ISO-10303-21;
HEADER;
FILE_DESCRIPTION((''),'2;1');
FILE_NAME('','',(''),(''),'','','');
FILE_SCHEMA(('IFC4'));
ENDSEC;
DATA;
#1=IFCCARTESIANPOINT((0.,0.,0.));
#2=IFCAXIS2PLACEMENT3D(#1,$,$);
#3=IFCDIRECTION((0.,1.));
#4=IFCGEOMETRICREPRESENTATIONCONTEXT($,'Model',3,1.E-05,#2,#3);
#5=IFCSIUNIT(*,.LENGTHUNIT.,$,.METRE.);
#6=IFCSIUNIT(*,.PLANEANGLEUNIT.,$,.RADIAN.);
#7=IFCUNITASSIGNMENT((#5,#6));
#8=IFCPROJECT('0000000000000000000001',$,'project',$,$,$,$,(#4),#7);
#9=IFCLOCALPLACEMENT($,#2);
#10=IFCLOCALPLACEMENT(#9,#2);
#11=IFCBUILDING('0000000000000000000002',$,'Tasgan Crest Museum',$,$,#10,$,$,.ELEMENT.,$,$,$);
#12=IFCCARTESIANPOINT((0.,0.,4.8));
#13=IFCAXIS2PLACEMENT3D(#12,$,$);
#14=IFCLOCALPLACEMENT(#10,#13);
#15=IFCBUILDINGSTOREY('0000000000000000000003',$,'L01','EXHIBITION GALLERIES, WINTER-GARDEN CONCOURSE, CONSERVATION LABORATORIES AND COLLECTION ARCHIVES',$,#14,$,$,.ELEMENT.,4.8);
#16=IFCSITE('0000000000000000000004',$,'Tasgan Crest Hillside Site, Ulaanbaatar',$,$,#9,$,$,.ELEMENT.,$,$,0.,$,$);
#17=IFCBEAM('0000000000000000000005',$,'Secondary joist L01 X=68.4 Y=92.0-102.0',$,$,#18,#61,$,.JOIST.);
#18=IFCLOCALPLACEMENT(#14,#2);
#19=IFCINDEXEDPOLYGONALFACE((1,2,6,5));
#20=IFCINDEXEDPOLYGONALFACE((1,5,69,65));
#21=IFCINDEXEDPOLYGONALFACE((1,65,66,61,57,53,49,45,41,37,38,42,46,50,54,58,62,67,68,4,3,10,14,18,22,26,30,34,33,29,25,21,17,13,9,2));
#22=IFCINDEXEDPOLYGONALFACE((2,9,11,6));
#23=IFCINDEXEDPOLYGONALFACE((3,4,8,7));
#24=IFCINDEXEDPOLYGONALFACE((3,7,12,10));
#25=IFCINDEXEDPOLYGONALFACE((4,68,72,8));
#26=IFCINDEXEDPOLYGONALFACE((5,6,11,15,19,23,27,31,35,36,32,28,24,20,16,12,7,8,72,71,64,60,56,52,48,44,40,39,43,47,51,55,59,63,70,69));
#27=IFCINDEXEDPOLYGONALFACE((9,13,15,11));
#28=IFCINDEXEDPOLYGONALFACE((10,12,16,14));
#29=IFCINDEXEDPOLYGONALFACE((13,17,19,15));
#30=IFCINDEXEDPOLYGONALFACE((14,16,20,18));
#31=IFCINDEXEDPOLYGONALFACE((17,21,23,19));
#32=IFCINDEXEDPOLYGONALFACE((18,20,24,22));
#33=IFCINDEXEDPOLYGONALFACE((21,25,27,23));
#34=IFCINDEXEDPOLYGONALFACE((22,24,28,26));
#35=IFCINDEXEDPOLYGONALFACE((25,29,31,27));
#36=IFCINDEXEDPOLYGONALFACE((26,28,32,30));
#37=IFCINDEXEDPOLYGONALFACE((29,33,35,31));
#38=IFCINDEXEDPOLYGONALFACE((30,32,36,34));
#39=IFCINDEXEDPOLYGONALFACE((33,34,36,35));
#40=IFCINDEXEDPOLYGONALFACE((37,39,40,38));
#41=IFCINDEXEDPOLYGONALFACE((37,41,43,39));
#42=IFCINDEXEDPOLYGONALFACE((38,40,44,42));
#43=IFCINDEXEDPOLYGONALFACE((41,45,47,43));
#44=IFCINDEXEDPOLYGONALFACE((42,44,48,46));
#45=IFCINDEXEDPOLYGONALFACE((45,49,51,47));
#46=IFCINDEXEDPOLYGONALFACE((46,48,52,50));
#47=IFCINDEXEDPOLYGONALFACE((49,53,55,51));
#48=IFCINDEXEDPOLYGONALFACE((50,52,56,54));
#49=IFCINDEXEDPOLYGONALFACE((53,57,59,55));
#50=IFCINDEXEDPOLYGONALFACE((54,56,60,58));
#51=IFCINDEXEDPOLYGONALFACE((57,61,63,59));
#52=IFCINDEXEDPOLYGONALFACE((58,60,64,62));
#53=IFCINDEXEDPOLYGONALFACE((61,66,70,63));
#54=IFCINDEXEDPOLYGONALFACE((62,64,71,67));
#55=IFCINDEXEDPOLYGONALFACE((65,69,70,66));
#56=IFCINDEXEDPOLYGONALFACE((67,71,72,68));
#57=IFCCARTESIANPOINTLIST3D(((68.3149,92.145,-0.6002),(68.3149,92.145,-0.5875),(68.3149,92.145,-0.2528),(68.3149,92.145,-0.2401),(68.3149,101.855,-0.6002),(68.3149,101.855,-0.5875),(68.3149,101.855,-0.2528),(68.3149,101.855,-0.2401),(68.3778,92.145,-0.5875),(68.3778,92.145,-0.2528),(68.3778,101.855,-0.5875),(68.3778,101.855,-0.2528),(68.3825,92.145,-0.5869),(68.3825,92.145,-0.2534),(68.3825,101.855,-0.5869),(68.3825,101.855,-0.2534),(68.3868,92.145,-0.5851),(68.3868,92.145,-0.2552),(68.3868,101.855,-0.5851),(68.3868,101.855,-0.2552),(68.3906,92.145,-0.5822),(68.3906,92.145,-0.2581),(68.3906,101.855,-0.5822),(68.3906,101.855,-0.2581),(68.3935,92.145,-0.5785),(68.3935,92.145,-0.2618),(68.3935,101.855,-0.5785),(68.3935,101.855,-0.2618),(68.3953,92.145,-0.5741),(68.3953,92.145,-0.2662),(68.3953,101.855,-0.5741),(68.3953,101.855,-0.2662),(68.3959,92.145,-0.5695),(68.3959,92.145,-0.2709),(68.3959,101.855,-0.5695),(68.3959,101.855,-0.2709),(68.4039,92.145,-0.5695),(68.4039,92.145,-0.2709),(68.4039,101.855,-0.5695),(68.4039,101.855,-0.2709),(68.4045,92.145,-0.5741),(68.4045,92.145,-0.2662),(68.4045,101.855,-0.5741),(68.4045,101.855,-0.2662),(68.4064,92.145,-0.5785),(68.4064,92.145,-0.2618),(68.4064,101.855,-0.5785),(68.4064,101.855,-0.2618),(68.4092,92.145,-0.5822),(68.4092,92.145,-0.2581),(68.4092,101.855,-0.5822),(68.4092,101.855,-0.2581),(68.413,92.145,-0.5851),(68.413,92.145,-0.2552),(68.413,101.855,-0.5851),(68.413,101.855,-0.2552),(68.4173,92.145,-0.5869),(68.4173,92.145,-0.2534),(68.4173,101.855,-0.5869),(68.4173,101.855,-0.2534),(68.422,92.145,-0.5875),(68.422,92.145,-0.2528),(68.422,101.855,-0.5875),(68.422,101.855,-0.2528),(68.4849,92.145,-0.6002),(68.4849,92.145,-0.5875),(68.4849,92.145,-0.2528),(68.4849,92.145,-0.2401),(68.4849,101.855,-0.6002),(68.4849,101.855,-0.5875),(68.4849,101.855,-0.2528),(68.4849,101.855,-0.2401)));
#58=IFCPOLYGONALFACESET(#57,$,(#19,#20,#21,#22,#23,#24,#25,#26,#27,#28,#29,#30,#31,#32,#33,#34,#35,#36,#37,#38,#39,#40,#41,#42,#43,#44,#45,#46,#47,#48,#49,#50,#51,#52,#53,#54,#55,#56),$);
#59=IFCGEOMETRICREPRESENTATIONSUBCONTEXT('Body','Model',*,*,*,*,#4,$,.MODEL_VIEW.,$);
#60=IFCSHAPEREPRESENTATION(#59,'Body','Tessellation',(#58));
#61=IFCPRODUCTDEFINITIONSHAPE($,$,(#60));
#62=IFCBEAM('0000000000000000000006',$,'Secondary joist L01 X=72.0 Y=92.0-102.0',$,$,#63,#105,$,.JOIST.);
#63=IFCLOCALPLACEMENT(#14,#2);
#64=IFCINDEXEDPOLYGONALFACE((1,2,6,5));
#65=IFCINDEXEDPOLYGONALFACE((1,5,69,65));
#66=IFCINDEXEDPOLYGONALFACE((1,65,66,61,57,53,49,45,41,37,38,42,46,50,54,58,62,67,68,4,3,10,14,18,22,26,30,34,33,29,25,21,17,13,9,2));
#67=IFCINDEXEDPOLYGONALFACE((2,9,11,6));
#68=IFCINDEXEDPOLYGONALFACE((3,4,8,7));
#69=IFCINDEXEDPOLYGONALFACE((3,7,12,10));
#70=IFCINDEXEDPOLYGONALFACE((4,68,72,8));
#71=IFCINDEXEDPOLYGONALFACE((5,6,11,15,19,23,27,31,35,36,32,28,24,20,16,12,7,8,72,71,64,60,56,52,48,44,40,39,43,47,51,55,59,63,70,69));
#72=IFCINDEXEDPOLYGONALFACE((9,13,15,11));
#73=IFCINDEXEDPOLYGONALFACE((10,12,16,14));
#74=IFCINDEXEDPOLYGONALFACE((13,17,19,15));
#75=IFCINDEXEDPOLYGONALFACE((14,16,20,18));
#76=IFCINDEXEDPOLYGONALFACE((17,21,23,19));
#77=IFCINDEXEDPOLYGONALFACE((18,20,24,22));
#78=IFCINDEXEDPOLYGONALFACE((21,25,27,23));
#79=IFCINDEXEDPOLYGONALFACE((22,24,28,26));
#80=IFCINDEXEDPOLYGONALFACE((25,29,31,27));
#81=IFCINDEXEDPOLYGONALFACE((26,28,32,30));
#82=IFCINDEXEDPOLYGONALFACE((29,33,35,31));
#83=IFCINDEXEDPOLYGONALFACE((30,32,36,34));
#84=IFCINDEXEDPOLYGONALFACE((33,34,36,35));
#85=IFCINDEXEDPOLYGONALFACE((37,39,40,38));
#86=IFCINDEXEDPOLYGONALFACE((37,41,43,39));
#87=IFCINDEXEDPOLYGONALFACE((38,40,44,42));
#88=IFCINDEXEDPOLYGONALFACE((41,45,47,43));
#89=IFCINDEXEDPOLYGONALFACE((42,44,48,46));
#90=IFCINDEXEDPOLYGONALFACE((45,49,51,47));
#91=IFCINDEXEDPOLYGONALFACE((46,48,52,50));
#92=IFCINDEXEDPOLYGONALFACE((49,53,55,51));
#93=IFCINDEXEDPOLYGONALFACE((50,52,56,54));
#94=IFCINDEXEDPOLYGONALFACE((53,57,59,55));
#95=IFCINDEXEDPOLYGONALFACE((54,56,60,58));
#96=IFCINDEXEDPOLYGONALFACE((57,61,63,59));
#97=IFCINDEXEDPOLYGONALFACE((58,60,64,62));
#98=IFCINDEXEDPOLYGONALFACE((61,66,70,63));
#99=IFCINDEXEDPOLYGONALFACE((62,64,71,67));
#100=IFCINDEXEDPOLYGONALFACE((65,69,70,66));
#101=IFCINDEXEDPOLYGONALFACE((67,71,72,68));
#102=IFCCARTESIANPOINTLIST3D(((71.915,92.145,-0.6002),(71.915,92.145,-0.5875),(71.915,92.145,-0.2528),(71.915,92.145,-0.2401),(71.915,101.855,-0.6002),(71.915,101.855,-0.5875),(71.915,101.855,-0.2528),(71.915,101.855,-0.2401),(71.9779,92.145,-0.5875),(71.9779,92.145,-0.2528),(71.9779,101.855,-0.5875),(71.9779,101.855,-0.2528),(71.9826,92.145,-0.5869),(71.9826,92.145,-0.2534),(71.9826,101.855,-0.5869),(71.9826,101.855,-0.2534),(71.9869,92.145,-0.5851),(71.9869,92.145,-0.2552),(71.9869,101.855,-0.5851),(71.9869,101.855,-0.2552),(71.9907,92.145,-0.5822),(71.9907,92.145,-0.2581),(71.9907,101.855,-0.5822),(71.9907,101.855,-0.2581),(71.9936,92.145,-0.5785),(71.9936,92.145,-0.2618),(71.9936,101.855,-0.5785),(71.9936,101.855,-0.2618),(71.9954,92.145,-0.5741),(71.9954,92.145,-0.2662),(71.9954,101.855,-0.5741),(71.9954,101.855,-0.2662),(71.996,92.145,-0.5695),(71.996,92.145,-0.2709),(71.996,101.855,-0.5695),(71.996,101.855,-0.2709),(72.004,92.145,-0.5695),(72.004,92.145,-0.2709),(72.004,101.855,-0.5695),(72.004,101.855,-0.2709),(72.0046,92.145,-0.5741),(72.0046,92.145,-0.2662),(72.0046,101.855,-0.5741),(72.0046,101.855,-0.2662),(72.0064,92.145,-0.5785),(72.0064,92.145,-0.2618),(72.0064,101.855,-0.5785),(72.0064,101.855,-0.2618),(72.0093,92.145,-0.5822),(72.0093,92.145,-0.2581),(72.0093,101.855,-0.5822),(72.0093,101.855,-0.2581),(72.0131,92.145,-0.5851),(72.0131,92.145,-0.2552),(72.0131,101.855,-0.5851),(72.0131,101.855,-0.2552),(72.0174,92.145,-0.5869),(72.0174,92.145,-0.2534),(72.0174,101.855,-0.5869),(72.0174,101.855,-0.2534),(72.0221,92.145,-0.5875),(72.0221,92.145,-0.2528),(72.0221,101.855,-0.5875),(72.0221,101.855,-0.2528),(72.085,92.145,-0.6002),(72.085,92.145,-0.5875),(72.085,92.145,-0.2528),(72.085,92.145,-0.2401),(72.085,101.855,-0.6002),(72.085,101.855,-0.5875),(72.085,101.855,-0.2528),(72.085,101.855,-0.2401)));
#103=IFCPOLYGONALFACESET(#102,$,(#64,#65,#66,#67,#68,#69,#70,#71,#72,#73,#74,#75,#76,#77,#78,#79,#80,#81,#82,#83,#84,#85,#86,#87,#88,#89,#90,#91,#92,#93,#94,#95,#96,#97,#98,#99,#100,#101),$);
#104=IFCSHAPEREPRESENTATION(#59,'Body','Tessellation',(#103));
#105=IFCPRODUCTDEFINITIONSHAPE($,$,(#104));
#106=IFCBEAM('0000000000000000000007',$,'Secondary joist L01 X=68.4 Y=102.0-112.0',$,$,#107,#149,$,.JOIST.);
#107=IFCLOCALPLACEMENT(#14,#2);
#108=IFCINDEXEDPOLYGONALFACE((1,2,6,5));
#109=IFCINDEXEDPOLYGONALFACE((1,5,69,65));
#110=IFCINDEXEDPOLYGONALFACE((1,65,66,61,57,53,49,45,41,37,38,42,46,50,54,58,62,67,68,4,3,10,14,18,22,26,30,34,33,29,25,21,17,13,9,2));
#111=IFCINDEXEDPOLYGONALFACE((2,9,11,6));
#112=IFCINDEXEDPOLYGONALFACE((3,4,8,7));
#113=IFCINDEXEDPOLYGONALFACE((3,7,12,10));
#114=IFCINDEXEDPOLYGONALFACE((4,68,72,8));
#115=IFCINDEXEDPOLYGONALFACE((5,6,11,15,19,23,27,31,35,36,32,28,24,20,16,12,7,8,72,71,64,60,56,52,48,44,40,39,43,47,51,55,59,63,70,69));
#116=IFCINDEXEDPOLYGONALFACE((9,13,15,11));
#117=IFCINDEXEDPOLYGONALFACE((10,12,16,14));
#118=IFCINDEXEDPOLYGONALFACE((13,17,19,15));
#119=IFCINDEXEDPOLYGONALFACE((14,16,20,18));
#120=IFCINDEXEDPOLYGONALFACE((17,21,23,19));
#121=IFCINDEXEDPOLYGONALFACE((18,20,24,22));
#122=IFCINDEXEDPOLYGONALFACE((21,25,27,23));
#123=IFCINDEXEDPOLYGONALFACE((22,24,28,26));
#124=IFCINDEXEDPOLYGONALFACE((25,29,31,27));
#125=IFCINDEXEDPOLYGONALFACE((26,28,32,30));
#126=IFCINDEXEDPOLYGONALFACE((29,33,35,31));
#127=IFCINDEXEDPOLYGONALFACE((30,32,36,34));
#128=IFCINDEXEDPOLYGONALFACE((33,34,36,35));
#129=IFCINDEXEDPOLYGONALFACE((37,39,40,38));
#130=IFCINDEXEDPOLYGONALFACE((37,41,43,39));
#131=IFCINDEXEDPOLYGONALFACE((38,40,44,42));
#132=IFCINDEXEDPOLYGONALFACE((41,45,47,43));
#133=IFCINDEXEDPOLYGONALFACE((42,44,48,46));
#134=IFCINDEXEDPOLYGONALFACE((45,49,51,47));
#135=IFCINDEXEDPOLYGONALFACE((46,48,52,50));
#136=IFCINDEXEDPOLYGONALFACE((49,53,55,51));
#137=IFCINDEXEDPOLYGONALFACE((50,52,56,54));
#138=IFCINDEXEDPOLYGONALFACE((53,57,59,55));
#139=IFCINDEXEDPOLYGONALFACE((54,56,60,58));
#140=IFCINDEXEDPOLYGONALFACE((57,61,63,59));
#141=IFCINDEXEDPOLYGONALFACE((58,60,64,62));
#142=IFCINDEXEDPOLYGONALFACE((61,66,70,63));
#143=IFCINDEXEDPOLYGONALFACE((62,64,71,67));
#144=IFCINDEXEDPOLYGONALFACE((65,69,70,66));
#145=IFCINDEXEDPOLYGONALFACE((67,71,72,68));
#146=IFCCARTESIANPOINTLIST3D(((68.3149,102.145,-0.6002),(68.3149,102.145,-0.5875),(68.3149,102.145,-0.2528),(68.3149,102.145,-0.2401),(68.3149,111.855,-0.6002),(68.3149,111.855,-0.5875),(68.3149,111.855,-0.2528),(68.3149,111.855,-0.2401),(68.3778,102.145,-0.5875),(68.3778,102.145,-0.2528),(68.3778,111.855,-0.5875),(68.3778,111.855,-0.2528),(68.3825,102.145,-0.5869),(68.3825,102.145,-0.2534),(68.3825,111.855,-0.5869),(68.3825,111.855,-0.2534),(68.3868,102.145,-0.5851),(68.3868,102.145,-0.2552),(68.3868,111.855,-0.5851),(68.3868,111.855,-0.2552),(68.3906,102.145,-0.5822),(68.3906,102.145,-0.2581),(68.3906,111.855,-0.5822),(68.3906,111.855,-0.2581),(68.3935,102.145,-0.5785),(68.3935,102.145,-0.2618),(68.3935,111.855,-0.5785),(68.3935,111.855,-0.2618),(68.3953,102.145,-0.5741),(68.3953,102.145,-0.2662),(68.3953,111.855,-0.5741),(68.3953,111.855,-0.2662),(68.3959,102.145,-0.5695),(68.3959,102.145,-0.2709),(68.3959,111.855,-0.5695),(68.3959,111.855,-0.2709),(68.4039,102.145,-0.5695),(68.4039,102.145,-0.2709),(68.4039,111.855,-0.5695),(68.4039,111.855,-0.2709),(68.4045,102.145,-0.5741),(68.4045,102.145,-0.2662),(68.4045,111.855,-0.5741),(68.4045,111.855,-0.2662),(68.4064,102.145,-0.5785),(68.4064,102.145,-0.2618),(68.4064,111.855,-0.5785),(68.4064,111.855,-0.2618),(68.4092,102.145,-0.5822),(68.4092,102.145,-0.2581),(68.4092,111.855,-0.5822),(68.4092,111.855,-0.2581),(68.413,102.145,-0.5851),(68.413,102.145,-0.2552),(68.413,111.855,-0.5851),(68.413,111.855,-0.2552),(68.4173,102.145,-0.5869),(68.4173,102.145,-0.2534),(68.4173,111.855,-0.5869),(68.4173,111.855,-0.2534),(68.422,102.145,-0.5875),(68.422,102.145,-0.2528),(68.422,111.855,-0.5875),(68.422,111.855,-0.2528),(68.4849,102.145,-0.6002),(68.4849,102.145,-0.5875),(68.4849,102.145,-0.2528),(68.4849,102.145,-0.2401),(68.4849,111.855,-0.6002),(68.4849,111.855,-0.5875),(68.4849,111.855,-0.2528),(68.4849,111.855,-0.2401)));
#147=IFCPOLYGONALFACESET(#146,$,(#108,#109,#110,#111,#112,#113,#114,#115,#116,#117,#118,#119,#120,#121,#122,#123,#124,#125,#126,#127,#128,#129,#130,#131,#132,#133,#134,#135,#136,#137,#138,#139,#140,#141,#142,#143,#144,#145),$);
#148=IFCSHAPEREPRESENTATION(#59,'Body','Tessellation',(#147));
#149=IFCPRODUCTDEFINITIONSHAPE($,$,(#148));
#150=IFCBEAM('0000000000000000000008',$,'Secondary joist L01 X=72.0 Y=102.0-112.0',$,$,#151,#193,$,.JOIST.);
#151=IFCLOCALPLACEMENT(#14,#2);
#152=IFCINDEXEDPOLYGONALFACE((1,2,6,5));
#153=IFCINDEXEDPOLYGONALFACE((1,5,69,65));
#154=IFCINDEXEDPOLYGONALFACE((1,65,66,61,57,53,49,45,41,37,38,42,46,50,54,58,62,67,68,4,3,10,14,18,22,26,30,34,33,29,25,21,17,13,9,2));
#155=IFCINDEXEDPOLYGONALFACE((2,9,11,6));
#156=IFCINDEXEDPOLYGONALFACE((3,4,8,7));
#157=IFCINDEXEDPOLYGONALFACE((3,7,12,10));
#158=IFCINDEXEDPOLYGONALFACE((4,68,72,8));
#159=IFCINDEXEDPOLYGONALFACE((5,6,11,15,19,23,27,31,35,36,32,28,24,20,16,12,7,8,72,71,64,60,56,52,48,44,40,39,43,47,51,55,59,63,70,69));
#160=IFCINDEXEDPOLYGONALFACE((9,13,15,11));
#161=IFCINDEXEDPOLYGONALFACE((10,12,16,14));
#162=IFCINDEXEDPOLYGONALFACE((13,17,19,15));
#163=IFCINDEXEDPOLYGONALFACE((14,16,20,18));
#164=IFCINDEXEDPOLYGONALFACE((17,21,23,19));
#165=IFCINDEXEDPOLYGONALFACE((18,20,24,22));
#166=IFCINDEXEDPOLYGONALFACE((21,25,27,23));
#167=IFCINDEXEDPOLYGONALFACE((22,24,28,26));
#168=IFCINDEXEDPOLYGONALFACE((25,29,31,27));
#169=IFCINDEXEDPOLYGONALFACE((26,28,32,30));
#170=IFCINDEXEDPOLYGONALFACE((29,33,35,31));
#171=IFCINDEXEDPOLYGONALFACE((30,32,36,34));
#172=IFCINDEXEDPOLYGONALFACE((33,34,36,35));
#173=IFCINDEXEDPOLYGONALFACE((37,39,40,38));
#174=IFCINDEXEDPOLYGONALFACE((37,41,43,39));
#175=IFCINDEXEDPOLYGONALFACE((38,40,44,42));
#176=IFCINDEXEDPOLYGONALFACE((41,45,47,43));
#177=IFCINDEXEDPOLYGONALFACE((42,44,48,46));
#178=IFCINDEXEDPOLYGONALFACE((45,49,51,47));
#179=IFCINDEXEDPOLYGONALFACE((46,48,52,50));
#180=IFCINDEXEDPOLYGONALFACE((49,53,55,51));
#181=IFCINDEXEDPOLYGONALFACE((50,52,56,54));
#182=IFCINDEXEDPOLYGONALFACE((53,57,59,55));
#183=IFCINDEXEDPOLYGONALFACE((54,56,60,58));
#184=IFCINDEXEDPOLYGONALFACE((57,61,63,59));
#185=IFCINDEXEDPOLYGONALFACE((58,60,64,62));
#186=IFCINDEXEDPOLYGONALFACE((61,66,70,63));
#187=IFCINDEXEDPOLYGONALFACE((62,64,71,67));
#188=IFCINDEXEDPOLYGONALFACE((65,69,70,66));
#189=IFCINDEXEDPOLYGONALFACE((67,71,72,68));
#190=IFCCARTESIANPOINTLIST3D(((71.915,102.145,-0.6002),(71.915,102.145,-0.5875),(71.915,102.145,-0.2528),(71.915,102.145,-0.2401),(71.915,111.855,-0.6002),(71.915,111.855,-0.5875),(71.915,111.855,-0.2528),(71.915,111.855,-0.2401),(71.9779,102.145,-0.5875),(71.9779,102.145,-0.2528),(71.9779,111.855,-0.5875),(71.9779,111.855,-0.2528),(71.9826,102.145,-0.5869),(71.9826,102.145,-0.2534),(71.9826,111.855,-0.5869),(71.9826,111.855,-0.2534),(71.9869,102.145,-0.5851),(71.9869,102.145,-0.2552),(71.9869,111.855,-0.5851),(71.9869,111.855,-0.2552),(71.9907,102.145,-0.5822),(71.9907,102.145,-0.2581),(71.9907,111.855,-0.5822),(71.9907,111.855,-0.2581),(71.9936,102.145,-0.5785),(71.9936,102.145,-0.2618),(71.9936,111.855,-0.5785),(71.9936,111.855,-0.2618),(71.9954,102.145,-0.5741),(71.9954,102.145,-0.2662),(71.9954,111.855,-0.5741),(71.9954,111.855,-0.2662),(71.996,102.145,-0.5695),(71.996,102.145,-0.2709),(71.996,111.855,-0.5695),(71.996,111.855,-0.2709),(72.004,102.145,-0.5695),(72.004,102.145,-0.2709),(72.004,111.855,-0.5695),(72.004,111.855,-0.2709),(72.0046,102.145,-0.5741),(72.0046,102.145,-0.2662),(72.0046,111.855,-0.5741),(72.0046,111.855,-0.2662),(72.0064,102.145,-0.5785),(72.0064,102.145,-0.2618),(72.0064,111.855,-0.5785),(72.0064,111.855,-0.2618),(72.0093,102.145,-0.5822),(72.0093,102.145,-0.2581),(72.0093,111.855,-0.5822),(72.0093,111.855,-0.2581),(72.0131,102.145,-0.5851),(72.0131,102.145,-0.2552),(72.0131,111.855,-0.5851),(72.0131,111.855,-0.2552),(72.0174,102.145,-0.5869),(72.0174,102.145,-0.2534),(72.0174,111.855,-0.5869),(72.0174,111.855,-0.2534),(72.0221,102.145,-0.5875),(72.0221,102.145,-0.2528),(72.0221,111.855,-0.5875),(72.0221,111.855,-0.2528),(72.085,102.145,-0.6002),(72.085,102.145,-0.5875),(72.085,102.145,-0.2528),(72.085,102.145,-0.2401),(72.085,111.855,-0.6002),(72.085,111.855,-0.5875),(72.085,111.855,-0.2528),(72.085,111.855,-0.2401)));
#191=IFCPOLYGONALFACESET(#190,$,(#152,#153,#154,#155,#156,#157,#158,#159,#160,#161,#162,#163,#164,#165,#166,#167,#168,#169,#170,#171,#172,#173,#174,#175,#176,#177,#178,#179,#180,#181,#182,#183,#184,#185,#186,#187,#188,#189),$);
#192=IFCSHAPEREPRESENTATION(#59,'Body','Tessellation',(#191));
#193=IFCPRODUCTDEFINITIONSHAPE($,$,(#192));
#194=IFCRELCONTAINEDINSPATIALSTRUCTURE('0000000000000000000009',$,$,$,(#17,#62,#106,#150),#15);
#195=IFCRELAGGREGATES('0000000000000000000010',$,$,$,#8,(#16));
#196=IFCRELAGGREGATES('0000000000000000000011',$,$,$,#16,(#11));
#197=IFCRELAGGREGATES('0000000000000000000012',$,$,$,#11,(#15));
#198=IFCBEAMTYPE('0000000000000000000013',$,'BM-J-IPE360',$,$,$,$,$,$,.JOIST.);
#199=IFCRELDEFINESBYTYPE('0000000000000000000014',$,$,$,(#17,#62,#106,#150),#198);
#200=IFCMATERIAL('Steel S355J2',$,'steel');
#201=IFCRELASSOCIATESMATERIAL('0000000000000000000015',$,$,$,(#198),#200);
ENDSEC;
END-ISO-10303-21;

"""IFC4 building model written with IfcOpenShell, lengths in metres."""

from ifc_helpers import new_model, si_unit, direction, frame, origin, origin_2d, place, context, subcontext, project, spatial, i_section, extrude, material, material_profile, profile_set, type_object, element, save


model = new_model("IFC4")

# Units and contexts
model_context = context("Model", 3, precision=1e-05, world=origin(), true_north=direction((0.0, 1.0)))
body_context = subcontext(model_context, "Body", "Model", "MODEL_VIEW")
ifc_project = project(units=[si_unit("LENGTHUNIT", "METRE"), si_unit("PLANEANGLEUNIT", "RADIAN")], contexts=[model_context])

# Site, building, storey
site_placement = place(None, origin())
site = spatial("IfcSite", under=ifc_project, at=site_placement, Name="Tasgan Crest Hillside Site, Ulaanbaatar", CompositionType="ELEMENT", RefElevation=0.0)
building_placement = place(site_placement, origin())
building = spatial("IfcBuilding", under=site, at=building_placement, Name="Tasgan Crest Museum", CompositionType="ELEMENT")
storey_placement = place(building_placement, frame((0.0, 0.0, 4.8)))
storey = spatial("IfcBuildingStorey", under=building, at=storey_placement, Name="L01", Description="EXHIBITION GALLERIES, WINTER-GARDEN CONCOURSE, CONSERVATION LABORATORIES AND COLLECTION ARCHIVES", CompositionType="ELEMENT", Elevation=4.8)

# Beams
ifc_material_1 = material(Name="Steel S355J2", Category="steel")
ifc_material_profile_1 = material_profile(ifc_material_1, i_section(OverallWidth=0.1699, OverallDepth=0.3601, WebThickness=0.0081, FlangeThickness=0.0127, FilletRadius=0.0181, at=origin_2d()), Name="IPE 360")
ifc_profile_set_1 = profile_set([ifc_material_profile_1], Name="Steel S355J2")
beam_type_1 = type_object("IfcBeamType", Name="BM-J-IPE360", PredefinedType="JOIST", material=ifc_profile_set_1)
for number, where, z_axis, x_axis, name in (
    (1, (68.3999, 92.145, -0.4202), (0.0, 1.0, 0.0), (-1.0, 0.0, 0.0), "Secondary joist L01 X=68.4 Y=92.0-102.0"),
    (2, (72.0, 92.145, -0.4202), (0.0, 1.0, 0.0), (-1.0, 0.0, 0.0), "Secondary joist L01 X=72.0 Y=92.0-102.0"),
    (3, (68.3999, 102.145, -0.4202), (0.0, 1.0, 0.0), (-1.0, 0.0, 0.0), "Secondary joist L01 X=68.4 Y=102.0-112.0"),
    (4, (72.0, 102.145, -0.4202), (0.0, 1.0, 0.0), (-1.0, 0.0, 0.0), "Secondary joist L01 X=72.0 Y=102.0-112.0"),
):
    element("IfcBeam", number, at=place(storey_placement, frame(where, z_axis=z_axis, x_axis=x_axis)), inside=storey, type_object=beam_type_1, Name=name, PredefinedType="JOIST", context=body_context, shape_type="SweptSolid", body=[
        extrude(i_section(OverallWidth=0.1699, OverallDepth=0.3601, WebThickness=0.0081, FlangeThickness=0.0127, FilletRadius=0.0181, at=origin_2d()), origin(), (0.0, 0.0, 1.0), 9.71),
    ])

save(model, "model.ifc")
